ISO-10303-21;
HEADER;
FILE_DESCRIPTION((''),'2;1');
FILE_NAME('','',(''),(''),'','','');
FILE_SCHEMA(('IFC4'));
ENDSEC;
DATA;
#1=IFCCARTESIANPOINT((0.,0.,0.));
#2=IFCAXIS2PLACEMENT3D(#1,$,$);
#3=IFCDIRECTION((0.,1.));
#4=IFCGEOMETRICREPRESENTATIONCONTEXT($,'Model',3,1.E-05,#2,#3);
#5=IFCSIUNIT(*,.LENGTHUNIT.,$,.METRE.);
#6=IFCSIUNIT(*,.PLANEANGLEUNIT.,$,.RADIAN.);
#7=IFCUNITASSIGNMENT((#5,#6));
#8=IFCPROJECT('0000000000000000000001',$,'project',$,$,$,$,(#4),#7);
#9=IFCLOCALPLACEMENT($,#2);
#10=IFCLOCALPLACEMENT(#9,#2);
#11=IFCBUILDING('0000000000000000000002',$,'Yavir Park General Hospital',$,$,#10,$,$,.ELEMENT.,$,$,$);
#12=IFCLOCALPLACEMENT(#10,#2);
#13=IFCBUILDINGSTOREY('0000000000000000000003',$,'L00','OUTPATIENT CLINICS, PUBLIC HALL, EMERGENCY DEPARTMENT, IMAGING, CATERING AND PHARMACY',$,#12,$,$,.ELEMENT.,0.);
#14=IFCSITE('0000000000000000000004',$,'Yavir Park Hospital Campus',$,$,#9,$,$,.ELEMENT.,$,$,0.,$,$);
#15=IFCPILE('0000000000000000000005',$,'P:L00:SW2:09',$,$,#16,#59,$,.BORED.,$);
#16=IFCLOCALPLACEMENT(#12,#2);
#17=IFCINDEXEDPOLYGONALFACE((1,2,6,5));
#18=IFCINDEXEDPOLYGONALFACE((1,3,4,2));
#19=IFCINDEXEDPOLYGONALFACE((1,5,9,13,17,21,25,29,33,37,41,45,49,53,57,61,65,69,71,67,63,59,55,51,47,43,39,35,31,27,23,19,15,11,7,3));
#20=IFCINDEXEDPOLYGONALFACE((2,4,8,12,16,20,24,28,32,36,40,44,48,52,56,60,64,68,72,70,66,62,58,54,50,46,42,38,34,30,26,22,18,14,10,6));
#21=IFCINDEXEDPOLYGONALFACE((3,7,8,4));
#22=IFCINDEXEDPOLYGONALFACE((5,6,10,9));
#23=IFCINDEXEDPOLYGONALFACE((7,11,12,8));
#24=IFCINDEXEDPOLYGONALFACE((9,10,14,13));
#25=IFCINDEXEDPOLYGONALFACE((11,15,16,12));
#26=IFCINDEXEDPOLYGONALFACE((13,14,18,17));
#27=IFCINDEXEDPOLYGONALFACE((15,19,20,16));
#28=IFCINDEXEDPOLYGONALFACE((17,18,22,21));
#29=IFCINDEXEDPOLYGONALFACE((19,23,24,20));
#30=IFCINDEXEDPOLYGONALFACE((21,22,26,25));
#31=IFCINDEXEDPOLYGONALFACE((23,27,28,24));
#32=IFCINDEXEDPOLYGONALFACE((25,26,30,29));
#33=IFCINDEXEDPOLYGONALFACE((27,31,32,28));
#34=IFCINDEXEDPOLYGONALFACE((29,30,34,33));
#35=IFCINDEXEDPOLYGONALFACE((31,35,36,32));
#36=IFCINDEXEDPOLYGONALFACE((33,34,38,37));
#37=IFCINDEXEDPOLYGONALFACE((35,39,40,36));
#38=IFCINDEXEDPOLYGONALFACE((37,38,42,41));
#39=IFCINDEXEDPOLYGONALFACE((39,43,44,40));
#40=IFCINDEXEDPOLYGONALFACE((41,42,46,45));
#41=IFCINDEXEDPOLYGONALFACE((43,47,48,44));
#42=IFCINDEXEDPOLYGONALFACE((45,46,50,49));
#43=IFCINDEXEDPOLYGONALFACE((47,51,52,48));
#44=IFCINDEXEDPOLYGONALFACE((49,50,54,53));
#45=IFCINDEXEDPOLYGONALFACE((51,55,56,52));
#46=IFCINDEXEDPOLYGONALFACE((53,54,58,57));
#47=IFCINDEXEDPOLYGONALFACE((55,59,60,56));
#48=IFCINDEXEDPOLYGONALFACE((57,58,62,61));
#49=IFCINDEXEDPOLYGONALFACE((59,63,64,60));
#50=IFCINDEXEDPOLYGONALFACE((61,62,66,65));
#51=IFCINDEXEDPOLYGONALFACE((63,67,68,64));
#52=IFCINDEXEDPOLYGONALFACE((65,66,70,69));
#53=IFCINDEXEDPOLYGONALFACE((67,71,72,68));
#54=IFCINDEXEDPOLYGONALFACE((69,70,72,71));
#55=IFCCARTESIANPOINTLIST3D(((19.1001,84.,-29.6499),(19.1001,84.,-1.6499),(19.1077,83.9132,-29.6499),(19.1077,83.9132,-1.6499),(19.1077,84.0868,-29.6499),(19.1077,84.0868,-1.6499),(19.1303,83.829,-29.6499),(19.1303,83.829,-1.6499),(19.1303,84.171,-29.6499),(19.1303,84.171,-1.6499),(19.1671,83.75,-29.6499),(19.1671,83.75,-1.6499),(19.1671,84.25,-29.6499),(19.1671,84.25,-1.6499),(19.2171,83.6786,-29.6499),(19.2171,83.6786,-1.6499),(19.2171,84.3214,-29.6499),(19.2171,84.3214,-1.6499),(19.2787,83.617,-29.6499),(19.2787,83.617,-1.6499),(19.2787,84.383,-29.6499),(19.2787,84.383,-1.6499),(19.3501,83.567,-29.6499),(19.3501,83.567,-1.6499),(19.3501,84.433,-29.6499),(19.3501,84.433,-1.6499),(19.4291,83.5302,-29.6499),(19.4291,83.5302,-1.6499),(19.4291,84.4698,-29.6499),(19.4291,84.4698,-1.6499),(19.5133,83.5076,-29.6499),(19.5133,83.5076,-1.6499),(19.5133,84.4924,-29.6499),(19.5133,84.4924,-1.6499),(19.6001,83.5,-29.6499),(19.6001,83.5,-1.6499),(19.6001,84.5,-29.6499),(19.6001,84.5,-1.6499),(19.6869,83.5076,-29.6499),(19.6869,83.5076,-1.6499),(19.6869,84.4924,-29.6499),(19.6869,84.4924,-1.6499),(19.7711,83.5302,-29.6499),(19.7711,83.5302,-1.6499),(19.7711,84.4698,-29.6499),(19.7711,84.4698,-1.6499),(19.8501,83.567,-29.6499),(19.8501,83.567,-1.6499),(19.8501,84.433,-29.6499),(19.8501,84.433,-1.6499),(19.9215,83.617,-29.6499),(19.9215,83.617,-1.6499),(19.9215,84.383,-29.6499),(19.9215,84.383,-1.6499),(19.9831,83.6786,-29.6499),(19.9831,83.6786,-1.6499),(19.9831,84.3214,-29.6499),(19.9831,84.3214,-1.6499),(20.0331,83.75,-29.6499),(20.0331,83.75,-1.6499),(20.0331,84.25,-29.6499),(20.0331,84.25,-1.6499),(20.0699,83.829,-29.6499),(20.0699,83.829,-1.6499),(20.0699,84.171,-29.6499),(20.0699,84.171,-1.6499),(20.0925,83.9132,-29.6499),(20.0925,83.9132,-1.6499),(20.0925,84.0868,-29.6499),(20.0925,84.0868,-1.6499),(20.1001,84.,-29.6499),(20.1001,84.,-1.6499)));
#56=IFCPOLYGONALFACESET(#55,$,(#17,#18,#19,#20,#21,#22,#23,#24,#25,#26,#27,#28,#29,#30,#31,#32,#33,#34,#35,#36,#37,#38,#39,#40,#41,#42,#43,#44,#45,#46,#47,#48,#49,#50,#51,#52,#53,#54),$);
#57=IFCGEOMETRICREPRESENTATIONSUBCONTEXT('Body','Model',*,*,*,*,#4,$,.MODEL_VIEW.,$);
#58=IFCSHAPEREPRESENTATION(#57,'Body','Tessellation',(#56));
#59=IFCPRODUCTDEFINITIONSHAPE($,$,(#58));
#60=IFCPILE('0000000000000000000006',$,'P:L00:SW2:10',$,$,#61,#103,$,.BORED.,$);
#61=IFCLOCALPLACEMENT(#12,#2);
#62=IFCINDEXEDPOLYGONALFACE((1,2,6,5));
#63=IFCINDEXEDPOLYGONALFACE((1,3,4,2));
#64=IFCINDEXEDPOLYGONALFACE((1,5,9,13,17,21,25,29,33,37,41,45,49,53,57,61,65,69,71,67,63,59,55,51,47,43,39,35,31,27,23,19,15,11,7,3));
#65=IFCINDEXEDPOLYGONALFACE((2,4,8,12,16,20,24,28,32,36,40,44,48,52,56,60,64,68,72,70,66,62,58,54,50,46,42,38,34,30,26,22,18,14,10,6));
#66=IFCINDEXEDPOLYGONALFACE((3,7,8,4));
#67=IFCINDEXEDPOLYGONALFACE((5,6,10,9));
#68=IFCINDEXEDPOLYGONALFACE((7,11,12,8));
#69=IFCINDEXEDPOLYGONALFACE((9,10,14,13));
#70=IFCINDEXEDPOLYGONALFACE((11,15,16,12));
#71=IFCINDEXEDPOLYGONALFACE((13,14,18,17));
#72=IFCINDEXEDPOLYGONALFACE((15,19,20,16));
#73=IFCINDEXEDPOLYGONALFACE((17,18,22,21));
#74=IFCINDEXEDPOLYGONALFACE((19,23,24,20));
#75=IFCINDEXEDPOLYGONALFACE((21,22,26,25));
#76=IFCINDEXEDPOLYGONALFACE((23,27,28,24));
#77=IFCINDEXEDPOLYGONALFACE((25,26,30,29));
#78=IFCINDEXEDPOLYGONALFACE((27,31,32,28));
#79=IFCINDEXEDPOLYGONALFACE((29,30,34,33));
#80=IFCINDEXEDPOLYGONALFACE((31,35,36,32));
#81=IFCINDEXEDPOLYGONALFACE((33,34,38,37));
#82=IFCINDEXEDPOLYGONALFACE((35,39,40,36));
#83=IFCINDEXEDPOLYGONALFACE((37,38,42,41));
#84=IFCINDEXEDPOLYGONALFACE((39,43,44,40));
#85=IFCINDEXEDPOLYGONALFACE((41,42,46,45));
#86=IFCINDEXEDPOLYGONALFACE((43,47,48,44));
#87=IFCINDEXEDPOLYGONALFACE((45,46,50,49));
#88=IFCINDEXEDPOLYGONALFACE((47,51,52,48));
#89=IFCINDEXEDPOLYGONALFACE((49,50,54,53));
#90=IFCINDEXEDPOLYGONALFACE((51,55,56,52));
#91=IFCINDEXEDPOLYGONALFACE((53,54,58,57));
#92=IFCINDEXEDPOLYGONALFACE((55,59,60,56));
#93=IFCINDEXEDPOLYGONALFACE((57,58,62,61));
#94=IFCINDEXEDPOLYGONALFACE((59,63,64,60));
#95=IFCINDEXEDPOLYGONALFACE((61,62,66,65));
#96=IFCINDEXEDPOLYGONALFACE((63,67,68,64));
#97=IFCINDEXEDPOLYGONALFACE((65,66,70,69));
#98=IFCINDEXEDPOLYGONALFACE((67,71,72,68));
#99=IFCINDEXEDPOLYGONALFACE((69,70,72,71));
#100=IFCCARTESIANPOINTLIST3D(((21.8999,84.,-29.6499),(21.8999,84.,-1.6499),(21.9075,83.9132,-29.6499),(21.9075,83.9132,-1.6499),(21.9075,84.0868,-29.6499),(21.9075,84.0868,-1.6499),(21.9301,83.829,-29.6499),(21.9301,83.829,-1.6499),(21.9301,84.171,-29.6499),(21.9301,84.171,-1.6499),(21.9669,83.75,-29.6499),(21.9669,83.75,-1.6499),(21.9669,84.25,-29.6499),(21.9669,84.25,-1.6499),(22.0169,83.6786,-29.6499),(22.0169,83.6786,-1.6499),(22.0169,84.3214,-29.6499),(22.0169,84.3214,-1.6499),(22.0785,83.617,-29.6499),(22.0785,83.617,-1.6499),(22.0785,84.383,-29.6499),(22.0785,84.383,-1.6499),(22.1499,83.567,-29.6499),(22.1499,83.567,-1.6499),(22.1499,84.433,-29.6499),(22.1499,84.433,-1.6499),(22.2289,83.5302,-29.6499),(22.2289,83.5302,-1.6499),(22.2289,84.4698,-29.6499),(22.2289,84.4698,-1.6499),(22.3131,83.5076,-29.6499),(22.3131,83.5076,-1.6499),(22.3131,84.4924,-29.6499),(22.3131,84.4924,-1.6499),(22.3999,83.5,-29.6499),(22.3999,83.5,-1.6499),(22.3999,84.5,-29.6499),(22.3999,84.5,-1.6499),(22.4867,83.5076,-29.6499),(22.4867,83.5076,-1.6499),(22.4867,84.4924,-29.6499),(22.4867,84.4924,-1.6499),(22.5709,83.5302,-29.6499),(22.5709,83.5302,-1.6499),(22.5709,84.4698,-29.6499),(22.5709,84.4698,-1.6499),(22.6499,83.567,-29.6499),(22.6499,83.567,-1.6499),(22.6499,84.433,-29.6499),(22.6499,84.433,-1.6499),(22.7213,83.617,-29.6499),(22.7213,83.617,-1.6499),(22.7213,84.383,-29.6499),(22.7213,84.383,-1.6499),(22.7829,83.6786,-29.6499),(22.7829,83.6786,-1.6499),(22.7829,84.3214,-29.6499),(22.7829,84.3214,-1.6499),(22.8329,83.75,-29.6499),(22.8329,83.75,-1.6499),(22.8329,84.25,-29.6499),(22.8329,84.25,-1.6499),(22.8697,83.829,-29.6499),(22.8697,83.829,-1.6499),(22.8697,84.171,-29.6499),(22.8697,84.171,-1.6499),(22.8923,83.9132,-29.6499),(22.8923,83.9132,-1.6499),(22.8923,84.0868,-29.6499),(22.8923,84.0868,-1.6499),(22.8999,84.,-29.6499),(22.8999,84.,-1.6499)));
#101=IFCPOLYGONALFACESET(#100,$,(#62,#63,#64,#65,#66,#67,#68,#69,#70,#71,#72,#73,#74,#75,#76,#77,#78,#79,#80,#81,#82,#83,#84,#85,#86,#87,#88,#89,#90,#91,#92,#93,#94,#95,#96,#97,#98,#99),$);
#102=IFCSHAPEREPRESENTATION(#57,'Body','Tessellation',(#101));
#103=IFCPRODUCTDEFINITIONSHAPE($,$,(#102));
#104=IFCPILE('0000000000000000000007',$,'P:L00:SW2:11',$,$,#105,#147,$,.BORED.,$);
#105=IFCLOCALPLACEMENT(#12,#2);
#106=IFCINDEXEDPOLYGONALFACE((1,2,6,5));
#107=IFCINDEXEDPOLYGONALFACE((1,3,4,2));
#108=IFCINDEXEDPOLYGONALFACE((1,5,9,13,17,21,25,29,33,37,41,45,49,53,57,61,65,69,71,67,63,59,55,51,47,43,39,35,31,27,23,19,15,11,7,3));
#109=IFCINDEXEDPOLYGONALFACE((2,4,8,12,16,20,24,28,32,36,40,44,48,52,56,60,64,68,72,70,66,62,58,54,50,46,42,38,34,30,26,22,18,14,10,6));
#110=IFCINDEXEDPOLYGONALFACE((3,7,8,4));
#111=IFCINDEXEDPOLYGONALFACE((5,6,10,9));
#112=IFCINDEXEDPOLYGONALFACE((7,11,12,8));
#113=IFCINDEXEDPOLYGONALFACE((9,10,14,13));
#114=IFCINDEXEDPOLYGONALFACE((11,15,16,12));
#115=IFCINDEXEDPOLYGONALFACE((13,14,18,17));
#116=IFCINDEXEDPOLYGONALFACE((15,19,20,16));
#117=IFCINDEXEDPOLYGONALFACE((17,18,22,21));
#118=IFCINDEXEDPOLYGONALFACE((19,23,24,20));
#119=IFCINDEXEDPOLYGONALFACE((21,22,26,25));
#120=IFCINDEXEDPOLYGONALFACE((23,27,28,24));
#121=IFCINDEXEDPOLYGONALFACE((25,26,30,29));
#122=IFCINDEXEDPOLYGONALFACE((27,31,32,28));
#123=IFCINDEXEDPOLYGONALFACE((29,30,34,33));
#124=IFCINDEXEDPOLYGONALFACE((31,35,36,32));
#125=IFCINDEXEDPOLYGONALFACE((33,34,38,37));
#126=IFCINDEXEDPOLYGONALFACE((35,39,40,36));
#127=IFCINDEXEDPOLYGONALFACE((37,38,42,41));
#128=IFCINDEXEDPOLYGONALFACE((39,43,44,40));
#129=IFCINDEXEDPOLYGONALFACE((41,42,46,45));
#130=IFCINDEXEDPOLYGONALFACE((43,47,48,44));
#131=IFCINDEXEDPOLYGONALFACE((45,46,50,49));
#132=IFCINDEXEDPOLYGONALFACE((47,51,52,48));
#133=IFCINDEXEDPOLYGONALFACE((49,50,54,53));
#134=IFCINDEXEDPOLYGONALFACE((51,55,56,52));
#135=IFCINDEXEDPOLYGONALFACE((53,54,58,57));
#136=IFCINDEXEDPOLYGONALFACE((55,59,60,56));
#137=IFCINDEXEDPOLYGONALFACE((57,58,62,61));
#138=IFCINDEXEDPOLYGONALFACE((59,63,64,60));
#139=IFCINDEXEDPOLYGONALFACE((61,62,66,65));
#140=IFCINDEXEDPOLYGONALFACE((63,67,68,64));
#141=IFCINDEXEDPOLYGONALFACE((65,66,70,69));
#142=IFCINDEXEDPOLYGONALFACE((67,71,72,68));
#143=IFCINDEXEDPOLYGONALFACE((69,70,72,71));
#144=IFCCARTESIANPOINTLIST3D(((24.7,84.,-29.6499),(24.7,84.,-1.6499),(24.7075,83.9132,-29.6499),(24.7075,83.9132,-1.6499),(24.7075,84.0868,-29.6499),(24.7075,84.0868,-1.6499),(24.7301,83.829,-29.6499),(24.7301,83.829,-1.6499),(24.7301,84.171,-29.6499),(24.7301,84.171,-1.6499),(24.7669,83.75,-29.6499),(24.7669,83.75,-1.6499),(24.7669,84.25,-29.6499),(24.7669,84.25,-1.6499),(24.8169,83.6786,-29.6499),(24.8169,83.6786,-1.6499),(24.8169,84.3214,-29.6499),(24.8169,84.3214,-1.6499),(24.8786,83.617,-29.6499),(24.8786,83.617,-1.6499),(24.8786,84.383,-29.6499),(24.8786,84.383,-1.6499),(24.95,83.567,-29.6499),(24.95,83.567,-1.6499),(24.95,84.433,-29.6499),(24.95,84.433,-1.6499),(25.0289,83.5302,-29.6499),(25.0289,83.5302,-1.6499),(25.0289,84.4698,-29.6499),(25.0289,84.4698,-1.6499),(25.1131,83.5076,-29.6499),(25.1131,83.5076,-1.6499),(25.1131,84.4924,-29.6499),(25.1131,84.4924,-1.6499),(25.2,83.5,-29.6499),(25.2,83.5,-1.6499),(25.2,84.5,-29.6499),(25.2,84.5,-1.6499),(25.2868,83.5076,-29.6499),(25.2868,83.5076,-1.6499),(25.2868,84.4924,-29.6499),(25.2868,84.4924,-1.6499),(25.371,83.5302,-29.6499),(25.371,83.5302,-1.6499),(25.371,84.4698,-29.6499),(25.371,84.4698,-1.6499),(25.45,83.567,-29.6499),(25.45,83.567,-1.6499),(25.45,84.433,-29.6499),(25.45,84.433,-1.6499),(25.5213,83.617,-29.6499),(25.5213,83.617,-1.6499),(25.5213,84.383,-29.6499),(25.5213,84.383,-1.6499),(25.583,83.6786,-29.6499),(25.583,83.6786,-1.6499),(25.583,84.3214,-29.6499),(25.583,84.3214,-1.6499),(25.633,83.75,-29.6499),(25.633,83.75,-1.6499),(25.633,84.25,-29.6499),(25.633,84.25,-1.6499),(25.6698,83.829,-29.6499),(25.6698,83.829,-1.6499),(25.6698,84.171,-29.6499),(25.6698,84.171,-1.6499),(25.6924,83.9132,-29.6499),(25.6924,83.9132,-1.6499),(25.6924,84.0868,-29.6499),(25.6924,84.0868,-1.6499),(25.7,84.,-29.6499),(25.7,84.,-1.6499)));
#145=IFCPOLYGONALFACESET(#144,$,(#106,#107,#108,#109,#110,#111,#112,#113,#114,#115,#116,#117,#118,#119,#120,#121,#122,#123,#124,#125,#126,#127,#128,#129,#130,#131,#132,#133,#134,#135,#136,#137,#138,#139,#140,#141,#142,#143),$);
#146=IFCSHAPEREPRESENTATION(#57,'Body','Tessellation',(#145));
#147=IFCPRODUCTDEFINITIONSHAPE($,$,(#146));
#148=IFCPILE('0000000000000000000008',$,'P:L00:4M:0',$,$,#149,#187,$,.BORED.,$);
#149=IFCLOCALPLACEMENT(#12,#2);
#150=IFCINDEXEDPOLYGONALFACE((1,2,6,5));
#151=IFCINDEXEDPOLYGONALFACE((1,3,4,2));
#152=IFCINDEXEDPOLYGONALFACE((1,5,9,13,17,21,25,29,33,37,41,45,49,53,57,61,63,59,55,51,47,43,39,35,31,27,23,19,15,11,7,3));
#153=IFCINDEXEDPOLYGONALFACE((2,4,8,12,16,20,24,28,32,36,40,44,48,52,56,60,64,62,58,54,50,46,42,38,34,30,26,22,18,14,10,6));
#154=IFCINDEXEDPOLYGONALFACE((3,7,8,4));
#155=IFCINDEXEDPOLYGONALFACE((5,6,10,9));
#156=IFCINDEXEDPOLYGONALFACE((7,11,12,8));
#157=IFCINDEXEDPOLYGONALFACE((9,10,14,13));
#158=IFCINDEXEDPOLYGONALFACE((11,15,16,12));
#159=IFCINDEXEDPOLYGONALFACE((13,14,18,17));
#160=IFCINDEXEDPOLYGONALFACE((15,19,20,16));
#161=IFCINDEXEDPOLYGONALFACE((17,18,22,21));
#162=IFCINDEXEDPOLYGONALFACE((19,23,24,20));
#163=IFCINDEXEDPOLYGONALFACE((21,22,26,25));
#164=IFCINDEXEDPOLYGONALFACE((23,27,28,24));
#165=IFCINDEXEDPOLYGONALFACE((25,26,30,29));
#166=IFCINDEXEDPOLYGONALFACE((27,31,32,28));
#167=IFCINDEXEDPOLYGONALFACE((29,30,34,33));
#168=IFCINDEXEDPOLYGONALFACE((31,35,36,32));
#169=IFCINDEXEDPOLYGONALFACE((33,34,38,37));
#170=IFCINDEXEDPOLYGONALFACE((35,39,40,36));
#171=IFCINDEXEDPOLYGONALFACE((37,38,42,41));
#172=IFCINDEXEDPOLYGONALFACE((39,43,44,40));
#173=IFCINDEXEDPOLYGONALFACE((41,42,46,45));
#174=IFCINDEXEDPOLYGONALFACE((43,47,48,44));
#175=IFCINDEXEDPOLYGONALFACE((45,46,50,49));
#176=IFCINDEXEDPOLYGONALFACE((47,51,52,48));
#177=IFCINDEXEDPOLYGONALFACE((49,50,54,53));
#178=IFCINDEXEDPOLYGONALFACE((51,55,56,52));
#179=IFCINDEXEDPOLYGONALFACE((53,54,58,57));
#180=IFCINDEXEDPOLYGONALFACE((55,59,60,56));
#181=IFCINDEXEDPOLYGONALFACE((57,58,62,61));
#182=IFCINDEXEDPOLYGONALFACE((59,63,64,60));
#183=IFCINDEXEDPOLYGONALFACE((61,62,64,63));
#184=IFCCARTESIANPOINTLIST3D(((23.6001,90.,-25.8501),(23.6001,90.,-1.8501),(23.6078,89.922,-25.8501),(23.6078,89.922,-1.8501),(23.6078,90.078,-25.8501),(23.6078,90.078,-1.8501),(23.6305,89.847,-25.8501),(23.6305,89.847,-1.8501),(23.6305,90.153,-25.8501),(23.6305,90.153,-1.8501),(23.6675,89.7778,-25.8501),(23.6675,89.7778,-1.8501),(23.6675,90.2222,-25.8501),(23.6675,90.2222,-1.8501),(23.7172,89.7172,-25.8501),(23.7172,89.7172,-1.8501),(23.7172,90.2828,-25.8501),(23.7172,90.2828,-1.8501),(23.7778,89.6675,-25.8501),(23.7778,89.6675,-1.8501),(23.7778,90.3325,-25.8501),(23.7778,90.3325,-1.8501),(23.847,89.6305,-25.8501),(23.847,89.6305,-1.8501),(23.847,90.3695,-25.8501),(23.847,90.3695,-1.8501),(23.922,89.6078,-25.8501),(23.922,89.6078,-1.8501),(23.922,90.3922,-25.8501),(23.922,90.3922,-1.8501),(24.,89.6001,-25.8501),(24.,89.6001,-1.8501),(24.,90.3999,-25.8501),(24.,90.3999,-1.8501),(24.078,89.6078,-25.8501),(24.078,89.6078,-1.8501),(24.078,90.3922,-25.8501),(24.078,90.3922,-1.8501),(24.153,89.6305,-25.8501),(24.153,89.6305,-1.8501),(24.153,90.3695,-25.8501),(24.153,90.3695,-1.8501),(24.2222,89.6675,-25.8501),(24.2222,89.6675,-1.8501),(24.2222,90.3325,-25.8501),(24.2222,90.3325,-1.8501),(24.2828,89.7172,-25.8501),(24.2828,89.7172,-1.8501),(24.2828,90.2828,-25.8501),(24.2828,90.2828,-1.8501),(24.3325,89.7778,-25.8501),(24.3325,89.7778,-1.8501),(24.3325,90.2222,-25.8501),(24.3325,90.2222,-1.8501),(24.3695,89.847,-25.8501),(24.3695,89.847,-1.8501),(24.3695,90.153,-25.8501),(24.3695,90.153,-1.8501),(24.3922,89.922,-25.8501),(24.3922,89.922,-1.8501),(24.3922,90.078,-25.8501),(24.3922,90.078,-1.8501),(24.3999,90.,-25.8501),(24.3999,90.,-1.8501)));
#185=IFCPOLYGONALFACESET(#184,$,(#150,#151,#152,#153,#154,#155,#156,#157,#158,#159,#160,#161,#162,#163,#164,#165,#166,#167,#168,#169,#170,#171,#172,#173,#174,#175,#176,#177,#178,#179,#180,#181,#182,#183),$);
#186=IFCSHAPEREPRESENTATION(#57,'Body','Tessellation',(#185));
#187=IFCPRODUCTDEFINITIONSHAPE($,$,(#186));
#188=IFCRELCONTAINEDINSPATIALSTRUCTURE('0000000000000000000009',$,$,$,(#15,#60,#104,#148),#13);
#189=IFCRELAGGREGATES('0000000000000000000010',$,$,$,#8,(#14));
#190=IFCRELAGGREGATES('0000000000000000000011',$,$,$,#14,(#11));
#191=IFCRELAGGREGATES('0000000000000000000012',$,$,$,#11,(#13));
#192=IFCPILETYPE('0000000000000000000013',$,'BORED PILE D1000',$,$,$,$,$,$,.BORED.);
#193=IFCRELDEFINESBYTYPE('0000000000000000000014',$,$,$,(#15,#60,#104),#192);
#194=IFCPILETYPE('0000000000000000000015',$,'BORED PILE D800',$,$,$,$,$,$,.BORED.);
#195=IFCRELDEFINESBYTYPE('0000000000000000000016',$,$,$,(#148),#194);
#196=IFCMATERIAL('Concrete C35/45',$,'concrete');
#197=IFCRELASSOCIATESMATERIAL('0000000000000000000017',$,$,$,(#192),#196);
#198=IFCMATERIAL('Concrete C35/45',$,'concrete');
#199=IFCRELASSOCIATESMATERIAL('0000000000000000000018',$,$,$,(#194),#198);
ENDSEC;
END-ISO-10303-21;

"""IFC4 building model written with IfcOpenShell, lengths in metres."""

from ifc_helpers import new_model, si_unit, direction, frame, origin, origin_2d, place, context, subcontext, project, spatial, circle, extrude, material, material_profile, profile_set, type_object, element, save


model = new_model("IFC4")

# Units and contexts
model_context = context("Model", 3, precision=1e-05, world=origin(), true_north=direction((0.0, 1.0)))
body_context = subcontext(model_context, "Body", "Model", "MODEL_VIEW")
ifc_project = project(units=[si_unit("LENGTHUNIT", "METRE"), si_unit("PLANEANGLEUNIT", "RADIAN")], contexts=[model_context])

# Site, building, storey
site_placement = place(None, origin())
site = spatial("IfcSite", under=ifc_project, at=site_placement, Name="Yavir Park Hospital Campus", CompositionType="ELEMENT", RefElevation=0.0)
building_placement = place(site_placement, origin())
building = spatial("IfcBuilding", under=site, at=building_placement, Name="Yavir Park General Hospital", CompositionType="ELEMENT")
storey_placement = place(building_placement, origin())
storey = spatial("IfcBuildingStorey", under=building, at=storey_placement, Name="L00", Description="OUTPATIENT CLINICS, PUBLIC HALL, EMERGENCY DEPARTMENT, IMAGING, CATERING AND PHARMACY", CompositionType="ELEMENT", Elevation=0.0)

# Piles
ifc_material_1 = material(Name="Concrete C35/45", Category="concrete")
ifc_material_profile_1 = material_profile(ifc_material_1, circle(Radius=0.5, at=origin_2d()), Name="D1000")
ifc_profile_set_1 = profile_set([ifc_material_profile_1], Name="Concrete C35/45")
pile_type_1 = type_object("IfcPileType", Name="BORED PILE D1000", PredefinedType="BORED", material=ifc_profile_set_1)
for number, where, z_axis, x_axis, name in (
    (1, (19.6001, 84.0, -1.6499), (0.0, 0.0, -1.0), (1.0, 0.0, 0.0), "P:L00:SW2:09"),
    (2, (22.3999, 84.0, -1.6499), (0.0, 0.0, -1.0), (1.0, 0.0, 0.0), "P:L00:SW2:10"),
    (3, (25.2, 84.0, -1.6499), (0.0, 0.0, -1.0), (1.0, 0.0, 0.0), "P:L00:SW2:11"),
):
    element("IfcPile", number, at=place(storey_placement, frame(where, z_axis=z_axis, x_axis=x_axis)), inside=storey, type_object=pile_type_1, Name=name, PredefinedType="BORED", context=body_context, shape_type="SweptSolid", body=[
        extrude(circle(Radius=0.5, at=origin_2d()), origin(), (0.0, 0.0, 1.0), 28.0),
    ])
ifc_material_2 = material(Name="Concrete C35/45", Category="concrete")
ifc_material_profile_2 = material_profile(ifc_material_2, circle(Radius=0.3999, at=origin_2d()), Name="D800")
ifc_profile_set_2 = profile_set([ifc_material_profile_2], Name="Concrete C35/45")
pile_type_2 = type_object("IfcPileType", Name="BORED PILE D800", PredefinedType="BORED", material=ifc_profile_set_2)
for number, where, z_axis, x_axis, name in (
    (4, (24.0, 90.0, -1.8501), (0.0, 0.0, -1.0), (1.0, 0.0, 0.0), "P:L00:4M:0"),
):
    element("IfcPile", number, at=place(storey_placement, frame(where, z_axis=z_axis, x_axis=x_axis)), inside=storey, type_object=pile_type_2, Name=name, PredefinedType="BORED", context=body_context, shape_type="SweptSolid", body=[
        extrude(circle(Radius=0.3999, at=origin_2d()), origin(), (0.0, 0.0, 1.0), 24.0),
    ])

save(model, "model.ifc")
